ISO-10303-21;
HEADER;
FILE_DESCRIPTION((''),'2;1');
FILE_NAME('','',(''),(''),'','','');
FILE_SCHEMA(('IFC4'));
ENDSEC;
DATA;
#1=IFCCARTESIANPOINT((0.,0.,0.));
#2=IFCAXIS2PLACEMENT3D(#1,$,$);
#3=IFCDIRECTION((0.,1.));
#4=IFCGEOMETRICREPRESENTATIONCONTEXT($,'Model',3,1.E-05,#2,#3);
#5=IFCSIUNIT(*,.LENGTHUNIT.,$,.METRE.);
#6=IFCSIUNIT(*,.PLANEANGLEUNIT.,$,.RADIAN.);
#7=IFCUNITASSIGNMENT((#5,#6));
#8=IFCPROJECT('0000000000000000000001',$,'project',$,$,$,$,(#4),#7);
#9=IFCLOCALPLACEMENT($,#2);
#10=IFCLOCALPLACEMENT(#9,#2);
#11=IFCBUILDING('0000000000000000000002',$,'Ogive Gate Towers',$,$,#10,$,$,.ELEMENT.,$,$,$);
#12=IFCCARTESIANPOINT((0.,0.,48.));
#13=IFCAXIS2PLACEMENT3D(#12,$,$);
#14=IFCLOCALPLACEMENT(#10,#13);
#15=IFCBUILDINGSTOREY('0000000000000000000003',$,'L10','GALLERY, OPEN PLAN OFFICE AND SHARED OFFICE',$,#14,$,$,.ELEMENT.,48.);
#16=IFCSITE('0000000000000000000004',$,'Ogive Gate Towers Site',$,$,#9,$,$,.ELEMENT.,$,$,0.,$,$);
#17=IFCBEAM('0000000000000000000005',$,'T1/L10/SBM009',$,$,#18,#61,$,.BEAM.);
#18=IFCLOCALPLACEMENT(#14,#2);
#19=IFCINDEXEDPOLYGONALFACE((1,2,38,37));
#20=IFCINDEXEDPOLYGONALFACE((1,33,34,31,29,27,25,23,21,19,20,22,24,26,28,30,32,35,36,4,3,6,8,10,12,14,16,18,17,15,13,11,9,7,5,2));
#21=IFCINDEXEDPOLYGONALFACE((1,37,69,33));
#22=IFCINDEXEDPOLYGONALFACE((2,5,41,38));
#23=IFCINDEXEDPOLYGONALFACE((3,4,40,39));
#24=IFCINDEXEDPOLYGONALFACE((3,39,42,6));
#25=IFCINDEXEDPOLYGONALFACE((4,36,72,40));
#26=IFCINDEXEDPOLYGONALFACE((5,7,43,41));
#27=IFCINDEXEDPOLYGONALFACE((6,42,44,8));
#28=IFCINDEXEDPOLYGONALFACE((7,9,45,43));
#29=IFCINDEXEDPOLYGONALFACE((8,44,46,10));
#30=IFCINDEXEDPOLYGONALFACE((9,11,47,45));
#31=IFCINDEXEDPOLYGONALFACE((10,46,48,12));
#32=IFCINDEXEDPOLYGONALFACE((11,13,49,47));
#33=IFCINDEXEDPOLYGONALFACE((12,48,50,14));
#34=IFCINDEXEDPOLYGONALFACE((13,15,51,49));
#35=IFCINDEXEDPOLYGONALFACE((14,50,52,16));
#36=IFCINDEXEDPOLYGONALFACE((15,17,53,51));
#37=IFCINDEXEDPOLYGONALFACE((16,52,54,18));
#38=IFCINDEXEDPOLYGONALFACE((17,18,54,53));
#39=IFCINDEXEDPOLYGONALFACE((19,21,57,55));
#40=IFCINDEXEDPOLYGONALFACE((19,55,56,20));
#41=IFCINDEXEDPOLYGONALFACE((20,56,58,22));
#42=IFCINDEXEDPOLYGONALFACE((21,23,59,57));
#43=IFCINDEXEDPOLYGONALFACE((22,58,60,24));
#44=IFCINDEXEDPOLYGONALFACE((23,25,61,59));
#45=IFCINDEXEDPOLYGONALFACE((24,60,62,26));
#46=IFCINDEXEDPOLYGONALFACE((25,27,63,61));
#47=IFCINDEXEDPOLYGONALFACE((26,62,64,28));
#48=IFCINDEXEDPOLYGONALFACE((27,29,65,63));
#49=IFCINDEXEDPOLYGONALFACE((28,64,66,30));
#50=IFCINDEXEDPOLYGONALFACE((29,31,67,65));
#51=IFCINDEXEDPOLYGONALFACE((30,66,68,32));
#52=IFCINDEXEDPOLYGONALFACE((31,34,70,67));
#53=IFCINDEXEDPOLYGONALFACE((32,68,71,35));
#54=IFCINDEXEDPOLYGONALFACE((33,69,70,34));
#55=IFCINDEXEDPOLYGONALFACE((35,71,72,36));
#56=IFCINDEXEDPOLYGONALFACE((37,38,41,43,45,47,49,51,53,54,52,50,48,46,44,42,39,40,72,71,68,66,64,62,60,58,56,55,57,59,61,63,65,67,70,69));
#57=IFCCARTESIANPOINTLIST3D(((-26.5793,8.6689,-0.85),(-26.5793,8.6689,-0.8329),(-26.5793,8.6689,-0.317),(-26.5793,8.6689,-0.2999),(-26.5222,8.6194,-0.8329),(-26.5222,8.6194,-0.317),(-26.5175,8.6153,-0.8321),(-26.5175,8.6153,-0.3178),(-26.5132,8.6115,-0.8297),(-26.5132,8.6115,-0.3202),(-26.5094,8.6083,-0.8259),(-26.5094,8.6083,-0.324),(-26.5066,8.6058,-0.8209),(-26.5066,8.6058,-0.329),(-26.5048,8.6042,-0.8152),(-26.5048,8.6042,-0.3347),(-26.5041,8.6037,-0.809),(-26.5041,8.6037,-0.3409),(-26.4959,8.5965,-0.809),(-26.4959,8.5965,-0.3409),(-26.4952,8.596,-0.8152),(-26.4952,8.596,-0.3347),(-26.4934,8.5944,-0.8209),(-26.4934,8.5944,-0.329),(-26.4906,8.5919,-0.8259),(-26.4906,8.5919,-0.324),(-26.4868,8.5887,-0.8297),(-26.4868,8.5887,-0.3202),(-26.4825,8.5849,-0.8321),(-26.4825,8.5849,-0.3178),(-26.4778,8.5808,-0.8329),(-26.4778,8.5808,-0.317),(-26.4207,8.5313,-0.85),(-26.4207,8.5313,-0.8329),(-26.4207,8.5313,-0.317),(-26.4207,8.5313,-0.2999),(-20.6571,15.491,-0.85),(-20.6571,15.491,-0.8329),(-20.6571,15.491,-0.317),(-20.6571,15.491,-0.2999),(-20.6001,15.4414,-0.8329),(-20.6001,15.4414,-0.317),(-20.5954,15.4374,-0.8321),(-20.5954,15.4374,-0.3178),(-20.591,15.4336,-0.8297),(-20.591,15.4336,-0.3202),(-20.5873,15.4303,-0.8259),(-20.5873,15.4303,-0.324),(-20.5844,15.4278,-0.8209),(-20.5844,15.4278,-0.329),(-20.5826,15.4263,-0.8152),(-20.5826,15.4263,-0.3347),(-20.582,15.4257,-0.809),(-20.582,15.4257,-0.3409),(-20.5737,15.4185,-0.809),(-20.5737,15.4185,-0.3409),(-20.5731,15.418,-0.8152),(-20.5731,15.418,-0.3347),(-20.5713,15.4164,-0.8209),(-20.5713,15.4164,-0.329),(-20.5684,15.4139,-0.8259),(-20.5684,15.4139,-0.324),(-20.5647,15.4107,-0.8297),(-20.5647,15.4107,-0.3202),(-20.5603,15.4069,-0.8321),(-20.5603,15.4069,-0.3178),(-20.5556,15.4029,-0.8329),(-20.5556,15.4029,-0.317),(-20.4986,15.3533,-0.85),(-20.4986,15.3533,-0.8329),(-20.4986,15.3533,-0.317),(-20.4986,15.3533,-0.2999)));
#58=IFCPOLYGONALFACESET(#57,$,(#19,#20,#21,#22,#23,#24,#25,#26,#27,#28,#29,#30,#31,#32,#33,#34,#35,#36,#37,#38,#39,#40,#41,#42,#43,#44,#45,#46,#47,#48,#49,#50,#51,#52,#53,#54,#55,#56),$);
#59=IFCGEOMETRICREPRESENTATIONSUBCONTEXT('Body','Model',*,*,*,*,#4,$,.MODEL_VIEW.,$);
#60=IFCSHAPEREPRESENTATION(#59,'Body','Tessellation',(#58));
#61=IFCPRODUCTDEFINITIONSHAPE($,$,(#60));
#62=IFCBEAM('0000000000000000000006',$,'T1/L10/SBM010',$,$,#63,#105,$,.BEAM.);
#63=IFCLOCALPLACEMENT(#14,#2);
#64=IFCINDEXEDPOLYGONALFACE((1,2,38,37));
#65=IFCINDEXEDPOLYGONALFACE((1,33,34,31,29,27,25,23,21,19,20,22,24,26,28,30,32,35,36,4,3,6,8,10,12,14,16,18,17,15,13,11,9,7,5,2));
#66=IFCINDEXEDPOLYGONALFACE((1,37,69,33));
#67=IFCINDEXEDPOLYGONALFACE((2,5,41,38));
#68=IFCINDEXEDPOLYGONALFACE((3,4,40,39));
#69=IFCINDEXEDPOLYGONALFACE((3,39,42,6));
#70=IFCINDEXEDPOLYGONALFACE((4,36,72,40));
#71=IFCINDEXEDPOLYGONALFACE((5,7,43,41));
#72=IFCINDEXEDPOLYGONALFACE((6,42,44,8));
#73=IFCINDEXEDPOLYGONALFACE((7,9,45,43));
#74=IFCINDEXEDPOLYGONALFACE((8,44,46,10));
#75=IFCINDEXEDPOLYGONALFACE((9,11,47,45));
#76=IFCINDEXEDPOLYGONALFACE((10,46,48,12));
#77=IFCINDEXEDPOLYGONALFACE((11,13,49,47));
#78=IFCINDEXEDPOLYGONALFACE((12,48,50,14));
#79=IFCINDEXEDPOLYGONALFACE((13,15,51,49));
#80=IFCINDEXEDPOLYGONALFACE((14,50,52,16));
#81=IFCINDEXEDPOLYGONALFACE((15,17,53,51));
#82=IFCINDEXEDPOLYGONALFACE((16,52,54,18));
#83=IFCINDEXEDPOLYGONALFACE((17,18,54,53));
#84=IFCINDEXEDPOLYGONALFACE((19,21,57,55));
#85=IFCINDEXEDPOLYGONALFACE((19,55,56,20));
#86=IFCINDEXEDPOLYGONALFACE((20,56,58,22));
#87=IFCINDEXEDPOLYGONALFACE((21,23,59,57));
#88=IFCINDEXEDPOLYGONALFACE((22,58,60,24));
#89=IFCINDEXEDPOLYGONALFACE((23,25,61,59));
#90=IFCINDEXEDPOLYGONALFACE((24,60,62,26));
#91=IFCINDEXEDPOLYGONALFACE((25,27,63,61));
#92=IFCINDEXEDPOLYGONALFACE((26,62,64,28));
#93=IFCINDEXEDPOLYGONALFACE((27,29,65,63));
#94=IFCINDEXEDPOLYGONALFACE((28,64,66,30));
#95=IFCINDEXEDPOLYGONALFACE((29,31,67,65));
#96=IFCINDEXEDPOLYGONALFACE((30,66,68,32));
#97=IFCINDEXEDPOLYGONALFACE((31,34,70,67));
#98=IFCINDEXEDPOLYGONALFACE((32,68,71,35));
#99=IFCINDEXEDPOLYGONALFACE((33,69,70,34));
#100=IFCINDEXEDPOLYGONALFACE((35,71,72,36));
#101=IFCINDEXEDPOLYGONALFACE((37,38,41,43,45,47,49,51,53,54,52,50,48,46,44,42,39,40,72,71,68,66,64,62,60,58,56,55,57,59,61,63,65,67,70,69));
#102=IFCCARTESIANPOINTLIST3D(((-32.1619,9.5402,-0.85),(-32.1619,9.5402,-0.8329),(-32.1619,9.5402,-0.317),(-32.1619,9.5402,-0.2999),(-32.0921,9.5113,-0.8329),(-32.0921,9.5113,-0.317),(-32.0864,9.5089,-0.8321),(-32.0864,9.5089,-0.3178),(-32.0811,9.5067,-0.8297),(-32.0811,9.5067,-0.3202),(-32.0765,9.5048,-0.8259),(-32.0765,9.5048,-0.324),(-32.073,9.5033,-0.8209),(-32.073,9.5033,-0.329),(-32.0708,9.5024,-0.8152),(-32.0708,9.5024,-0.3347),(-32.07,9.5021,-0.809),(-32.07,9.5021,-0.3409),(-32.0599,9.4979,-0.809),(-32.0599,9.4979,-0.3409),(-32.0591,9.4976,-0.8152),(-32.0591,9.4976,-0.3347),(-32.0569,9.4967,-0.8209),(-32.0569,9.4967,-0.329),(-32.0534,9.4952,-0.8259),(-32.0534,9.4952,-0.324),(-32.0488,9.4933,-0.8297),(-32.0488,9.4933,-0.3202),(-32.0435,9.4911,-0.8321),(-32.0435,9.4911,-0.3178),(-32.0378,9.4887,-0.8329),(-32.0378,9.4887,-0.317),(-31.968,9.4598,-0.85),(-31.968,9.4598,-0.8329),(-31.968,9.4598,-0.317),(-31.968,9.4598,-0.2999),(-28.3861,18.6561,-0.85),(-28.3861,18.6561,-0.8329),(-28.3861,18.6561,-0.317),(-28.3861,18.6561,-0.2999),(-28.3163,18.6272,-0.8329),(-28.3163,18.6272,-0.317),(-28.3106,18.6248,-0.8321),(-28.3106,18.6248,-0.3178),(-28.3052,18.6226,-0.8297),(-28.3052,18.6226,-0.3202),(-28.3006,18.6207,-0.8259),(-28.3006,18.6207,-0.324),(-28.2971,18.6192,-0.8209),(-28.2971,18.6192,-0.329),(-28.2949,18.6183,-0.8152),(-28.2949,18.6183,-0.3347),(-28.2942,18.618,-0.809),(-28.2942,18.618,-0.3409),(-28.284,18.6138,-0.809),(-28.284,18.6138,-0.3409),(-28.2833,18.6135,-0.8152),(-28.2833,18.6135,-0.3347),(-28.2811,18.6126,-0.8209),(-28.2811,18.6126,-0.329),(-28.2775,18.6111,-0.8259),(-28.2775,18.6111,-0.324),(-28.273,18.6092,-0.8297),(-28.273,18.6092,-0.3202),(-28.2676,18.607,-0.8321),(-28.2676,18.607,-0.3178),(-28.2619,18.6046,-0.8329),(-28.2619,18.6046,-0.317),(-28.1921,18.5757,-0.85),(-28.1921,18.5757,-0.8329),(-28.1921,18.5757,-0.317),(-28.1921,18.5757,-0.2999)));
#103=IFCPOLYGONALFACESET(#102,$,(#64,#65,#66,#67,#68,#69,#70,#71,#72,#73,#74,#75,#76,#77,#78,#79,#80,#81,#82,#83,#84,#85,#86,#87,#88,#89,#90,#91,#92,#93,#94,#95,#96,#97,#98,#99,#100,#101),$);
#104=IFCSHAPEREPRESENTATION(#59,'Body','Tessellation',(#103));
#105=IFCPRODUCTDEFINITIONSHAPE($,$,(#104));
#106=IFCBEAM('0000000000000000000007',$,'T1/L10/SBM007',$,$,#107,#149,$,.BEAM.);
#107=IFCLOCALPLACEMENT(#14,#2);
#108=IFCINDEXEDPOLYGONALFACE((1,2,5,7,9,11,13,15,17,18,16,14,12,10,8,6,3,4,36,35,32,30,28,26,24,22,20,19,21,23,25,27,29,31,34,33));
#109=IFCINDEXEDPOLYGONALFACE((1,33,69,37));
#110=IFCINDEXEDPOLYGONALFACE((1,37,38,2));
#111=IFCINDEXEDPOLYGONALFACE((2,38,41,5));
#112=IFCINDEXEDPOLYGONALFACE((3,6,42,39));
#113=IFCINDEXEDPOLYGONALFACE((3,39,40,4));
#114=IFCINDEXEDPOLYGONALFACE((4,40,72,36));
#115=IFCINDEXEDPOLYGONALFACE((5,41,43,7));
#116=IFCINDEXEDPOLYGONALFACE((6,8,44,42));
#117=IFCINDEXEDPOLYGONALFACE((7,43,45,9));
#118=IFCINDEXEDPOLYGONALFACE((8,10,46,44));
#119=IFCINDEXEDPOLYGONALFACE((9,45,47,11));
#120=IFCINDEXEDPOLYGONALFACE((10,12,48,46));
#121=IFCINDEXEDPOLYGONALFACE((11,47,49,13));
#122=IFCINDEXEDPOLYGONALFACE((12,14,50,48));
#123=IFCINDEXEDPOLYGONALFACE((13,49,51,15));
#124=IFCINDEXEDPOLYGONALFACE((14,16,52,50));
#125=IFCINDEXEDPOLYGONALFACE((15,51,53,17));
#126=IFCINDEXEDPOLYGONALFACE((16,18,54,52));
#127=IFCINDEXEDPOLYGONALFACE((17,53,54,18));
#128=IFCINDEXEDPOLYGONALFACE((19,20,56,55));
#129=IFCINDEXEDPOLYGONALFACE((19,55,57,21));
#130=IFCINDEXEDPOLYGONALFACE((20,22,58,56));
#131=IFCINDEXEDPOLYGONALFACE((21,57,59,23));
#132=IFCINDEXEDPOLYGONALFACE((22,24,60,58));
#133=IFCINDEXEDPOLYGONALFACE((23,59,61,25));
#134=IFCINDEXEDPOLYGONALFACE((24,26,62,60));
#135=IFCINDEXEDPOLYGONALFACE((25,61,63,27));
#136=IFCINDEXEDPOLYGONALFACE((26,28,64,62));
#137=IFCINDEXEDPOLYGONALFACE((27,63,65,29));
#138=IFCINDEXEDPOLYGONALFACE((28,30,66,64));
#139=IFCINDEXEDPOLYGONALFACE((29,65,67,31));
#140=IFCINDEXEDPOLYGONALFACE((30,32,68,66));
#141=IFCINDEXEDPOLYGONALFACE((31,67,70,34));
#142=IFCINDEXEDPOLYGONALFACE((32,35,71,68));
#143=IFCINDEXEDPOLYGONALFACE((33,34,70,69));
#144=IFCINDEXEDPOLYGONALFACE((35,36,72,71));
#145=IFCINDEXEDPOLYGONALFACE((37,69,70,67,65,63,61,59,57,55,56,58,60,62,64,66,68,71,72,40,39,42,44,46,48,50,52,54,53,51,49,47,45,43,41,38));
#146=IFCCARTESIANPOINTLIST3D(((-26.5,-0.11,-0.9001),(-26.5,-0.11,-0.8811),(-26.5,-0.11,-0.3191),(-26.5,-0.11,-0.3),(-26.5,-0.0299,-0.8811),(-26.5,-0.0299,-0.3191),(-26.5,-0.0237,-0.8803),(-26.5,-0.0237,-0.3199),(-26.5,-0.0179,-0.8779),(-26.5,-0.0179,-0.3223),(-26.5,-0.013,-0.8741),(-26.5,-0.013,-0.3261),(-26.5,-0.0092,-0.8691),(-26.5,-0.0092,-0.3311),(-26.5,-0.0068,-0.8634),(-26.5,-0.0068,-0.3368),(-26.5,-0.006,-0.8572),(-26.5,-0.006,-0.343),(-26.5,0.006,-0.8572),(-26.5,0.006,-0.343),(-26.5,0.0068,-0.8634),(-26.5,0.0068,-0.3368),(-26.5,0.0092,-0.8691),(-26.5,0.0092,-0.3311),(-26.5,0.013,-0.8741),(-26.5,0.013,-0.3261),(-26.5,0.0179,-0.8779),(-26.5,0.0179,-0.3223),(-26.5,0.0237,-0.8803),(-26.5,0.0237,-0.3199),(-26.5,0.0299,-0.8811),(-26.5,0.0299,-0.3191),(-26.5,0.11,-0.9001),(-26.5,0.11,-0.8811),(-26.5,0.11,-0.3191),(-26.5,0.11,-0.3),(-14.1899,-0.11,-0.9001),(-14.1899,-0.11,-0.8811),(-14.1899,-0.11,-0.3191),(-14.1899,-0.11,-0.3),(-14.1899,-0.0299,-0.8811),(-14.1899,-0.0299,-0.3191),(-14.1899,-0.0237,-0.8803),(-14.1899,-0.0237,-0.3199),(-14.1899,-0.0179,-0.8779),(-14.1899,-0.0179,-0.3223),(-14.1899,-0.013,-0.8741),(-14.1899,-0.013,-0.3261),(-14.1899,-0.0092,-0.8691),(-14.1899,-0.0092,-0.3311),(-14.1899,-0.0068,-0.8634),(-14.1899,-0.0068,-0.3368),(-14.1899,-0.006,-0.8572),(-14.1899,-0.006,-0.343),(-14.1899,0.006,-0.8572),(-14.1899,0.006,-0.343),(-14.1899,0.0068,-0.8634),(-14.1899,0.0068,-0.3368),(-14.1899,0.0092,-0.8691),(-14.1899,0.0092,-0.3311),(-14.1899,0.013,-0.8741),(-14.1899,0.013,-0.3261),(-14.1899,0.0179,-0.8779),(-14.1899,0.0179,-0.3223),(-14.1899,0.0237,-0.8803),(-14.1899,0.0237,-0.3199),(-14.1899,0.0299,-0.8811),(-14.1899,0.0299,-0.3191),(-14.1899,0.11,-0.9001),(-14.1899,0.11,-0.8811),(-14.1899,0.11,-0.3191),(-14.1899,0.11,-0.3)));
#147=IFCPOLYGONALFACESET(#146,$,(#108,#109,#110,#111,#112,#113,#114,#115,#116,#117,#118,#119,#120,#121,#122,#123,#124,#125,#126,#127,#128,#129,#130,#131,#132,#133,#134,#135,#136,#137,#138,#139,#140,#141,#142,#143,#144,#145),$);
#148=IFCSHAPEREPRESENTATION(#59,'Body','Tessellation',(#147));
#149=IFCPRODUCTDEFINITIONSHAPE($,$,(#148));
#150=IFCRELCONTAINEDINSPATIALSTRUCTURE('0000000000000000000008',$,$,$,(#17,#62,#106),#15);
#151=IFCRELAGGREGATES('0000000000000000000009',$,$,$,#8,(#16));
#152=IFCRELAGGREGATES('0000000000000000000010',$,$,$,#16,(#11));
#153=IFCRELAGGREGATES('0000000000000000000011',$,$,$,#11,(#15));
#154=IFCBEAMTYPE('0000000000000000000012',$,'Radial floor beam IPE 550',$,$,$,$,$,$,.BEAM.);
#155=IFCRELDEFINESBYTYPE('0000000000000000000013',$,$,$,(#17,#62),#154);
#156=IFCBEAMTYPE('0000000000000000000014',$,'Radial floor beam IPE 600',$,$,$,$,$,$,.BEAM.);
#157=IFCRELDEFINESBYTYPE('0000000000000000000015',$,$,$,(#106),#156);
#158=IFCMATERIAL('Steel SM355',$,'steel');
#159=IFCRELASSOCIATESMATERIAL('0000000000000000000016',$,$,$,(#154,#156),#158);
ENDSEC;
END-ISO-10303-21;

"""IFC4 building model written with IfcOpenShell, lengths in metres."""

from ifc_helpers import new_model, si_unit, direction, frame, origin, origin_2d, place, context, subcontext, project, spatial, i_section, extrude, material, material_profile, profile_set, type_object, element, save


model = new_model("IFC4")

# Units and contexts
model_context = context("Model", 3, precision=1e-05, world=origin(), true_north=direction((0.0, 1.0)))
body_context = subcontext(model_context, "Body", "Model", "MODEL_VIEW")
ifc_project = project(units=[si_unit("LENGTHUNIT", "METRE"), si_unit("PLANEANGLEUNIT", "RADIAN")], contexts=[model_context])

# Site, building, storey
site_placement = place(None, origin())
site = spatial("IfcSite", under=ifc_project, at=site_placement, Name="Ogive Gate Towers Site", CompositionType="ELEMENT", RefElevation=0.0)
building_placement = place(site_placement, origin())
building = spatial("IfcBuilding", under=site, at=building_placement, Name="Ogive Gate Towers", CompositionType="ELEMENT")
storey_placement = place(building_placement, frame((0.0, 0.0, 48.0)))
storey = spatial("IfcBuildingStorey", under=building, at=storey_placement, Name="L10", Description="GALLERY, OPEN PLAN OFFICE AND SHARED OFFICE", CompositionType="ELEMENT", Elevation=48.0)

# Beams
ifc_material_1 = material(Name="Steel SM355", Category="steel")
ifc_material_profile_1 = material_profile(ifc_material_1, i_section(OverallWidth=0.21, OverallDepth=0.55, WebThickness=0.011, FlangeThickness=0.0171, FilletRadius=0.0239, at=origin_2d()), Name="IPE 550")
ifc_profile_set_1 = profile_set([ifc_material_profile_1], Name="Steel SM355")
beam_type_1 = type_object("IfcBeamType", Name="Radial floor beam IPE 550", PredefinedType="BEAM", material=ifc_profile_set_1)
beam_1_placement = place(storey_placement, frame((-26.5, 8.6001, -0.575), z_axis=(0.655544, 0.755157, 0.0), x_axis=(-0.755157, 0.655544, 0.0)))
element("IfcBeam", 1, at=beam_1_placement, inside=storey, type_object=beam_type_1, Name="T1/L10/SBM009", PredefinedType="BEAM", context=body_context, shape_type="SweptSolid", body=[
    extrude(i_section(OverallWidth=0.21, OverallDepth=0.55, WebThickness=0.011, FlangeThickness=0.0171, FilletRadius=0.0239, at=origin_2d()), origin(), (0.0, 0.0, 1.0), 9.0339),
])
beam_2_placement = place(storey_placement, frame((-32.0649, 9.5, -0.575), z_axis=(0.382677, 0.923882, 0.0), x_axis=(-0.923882, 0.382677, 0.0)))
element("IfcBeam", 2, at=beam_2_placement, inside=storey, type_object=beam_type_1, Name="T1/L10/SBM010", PredefinedType="BEAM", context=body_context, shape_type="SweptSolid", body=[
    extrude(i_section(OverallWidth=0.21, OverallDepth=0.55, WebThickness=0.011, FlangeThickness=0.0171, FilletRadius=0.0239, at=origin_2d()), origin(), (0.0, 0.0, 1.0), 9.8669),
])
ifc_material_profile_2 = material_profile(ifc_material_1, i_section(OverallWidth=0.22, OverallDepth=0.6001, WebThickness=0.012, FlangeThickness=0.019, FilletRadius=0.0239, at=origin_2d()), Name="IPE 600")
ifc_profile_set_2 = profile_set([ifc_material_profile_2], Name="Steel SM355")
beam_type_2 = type_object("IfcBeamType", Name="Radial floor beam IPE 600", PredefinedType="BEAM", material=ifc_profile_set_2)
beam_3_placement = place(storey_placement, frame((-26.5, 0.0, -0.6001), z_axis=(1.0, 0.0, 0.0), x_axis=(0.0, 1.0, 0.0)))
element("IfcBeam", 3, at=beam_3_placement, inside=storey, type_object=beam_type_2, Name="T1/L10/SBM007", PredefinedType="BEAM", context=body_context, shape_type="SweptSolid", body=[
    extrude(i_section(OverallWidth=0.22, OverallDepth=0.6001, WebThickness=0.012, FlangeThickness=0.019, FilletRadius=0.0239, at=origin_2d()), origin(), (0.0, 0.0, 1.0), 12.3101),
])

save(model, "model.ifc")
